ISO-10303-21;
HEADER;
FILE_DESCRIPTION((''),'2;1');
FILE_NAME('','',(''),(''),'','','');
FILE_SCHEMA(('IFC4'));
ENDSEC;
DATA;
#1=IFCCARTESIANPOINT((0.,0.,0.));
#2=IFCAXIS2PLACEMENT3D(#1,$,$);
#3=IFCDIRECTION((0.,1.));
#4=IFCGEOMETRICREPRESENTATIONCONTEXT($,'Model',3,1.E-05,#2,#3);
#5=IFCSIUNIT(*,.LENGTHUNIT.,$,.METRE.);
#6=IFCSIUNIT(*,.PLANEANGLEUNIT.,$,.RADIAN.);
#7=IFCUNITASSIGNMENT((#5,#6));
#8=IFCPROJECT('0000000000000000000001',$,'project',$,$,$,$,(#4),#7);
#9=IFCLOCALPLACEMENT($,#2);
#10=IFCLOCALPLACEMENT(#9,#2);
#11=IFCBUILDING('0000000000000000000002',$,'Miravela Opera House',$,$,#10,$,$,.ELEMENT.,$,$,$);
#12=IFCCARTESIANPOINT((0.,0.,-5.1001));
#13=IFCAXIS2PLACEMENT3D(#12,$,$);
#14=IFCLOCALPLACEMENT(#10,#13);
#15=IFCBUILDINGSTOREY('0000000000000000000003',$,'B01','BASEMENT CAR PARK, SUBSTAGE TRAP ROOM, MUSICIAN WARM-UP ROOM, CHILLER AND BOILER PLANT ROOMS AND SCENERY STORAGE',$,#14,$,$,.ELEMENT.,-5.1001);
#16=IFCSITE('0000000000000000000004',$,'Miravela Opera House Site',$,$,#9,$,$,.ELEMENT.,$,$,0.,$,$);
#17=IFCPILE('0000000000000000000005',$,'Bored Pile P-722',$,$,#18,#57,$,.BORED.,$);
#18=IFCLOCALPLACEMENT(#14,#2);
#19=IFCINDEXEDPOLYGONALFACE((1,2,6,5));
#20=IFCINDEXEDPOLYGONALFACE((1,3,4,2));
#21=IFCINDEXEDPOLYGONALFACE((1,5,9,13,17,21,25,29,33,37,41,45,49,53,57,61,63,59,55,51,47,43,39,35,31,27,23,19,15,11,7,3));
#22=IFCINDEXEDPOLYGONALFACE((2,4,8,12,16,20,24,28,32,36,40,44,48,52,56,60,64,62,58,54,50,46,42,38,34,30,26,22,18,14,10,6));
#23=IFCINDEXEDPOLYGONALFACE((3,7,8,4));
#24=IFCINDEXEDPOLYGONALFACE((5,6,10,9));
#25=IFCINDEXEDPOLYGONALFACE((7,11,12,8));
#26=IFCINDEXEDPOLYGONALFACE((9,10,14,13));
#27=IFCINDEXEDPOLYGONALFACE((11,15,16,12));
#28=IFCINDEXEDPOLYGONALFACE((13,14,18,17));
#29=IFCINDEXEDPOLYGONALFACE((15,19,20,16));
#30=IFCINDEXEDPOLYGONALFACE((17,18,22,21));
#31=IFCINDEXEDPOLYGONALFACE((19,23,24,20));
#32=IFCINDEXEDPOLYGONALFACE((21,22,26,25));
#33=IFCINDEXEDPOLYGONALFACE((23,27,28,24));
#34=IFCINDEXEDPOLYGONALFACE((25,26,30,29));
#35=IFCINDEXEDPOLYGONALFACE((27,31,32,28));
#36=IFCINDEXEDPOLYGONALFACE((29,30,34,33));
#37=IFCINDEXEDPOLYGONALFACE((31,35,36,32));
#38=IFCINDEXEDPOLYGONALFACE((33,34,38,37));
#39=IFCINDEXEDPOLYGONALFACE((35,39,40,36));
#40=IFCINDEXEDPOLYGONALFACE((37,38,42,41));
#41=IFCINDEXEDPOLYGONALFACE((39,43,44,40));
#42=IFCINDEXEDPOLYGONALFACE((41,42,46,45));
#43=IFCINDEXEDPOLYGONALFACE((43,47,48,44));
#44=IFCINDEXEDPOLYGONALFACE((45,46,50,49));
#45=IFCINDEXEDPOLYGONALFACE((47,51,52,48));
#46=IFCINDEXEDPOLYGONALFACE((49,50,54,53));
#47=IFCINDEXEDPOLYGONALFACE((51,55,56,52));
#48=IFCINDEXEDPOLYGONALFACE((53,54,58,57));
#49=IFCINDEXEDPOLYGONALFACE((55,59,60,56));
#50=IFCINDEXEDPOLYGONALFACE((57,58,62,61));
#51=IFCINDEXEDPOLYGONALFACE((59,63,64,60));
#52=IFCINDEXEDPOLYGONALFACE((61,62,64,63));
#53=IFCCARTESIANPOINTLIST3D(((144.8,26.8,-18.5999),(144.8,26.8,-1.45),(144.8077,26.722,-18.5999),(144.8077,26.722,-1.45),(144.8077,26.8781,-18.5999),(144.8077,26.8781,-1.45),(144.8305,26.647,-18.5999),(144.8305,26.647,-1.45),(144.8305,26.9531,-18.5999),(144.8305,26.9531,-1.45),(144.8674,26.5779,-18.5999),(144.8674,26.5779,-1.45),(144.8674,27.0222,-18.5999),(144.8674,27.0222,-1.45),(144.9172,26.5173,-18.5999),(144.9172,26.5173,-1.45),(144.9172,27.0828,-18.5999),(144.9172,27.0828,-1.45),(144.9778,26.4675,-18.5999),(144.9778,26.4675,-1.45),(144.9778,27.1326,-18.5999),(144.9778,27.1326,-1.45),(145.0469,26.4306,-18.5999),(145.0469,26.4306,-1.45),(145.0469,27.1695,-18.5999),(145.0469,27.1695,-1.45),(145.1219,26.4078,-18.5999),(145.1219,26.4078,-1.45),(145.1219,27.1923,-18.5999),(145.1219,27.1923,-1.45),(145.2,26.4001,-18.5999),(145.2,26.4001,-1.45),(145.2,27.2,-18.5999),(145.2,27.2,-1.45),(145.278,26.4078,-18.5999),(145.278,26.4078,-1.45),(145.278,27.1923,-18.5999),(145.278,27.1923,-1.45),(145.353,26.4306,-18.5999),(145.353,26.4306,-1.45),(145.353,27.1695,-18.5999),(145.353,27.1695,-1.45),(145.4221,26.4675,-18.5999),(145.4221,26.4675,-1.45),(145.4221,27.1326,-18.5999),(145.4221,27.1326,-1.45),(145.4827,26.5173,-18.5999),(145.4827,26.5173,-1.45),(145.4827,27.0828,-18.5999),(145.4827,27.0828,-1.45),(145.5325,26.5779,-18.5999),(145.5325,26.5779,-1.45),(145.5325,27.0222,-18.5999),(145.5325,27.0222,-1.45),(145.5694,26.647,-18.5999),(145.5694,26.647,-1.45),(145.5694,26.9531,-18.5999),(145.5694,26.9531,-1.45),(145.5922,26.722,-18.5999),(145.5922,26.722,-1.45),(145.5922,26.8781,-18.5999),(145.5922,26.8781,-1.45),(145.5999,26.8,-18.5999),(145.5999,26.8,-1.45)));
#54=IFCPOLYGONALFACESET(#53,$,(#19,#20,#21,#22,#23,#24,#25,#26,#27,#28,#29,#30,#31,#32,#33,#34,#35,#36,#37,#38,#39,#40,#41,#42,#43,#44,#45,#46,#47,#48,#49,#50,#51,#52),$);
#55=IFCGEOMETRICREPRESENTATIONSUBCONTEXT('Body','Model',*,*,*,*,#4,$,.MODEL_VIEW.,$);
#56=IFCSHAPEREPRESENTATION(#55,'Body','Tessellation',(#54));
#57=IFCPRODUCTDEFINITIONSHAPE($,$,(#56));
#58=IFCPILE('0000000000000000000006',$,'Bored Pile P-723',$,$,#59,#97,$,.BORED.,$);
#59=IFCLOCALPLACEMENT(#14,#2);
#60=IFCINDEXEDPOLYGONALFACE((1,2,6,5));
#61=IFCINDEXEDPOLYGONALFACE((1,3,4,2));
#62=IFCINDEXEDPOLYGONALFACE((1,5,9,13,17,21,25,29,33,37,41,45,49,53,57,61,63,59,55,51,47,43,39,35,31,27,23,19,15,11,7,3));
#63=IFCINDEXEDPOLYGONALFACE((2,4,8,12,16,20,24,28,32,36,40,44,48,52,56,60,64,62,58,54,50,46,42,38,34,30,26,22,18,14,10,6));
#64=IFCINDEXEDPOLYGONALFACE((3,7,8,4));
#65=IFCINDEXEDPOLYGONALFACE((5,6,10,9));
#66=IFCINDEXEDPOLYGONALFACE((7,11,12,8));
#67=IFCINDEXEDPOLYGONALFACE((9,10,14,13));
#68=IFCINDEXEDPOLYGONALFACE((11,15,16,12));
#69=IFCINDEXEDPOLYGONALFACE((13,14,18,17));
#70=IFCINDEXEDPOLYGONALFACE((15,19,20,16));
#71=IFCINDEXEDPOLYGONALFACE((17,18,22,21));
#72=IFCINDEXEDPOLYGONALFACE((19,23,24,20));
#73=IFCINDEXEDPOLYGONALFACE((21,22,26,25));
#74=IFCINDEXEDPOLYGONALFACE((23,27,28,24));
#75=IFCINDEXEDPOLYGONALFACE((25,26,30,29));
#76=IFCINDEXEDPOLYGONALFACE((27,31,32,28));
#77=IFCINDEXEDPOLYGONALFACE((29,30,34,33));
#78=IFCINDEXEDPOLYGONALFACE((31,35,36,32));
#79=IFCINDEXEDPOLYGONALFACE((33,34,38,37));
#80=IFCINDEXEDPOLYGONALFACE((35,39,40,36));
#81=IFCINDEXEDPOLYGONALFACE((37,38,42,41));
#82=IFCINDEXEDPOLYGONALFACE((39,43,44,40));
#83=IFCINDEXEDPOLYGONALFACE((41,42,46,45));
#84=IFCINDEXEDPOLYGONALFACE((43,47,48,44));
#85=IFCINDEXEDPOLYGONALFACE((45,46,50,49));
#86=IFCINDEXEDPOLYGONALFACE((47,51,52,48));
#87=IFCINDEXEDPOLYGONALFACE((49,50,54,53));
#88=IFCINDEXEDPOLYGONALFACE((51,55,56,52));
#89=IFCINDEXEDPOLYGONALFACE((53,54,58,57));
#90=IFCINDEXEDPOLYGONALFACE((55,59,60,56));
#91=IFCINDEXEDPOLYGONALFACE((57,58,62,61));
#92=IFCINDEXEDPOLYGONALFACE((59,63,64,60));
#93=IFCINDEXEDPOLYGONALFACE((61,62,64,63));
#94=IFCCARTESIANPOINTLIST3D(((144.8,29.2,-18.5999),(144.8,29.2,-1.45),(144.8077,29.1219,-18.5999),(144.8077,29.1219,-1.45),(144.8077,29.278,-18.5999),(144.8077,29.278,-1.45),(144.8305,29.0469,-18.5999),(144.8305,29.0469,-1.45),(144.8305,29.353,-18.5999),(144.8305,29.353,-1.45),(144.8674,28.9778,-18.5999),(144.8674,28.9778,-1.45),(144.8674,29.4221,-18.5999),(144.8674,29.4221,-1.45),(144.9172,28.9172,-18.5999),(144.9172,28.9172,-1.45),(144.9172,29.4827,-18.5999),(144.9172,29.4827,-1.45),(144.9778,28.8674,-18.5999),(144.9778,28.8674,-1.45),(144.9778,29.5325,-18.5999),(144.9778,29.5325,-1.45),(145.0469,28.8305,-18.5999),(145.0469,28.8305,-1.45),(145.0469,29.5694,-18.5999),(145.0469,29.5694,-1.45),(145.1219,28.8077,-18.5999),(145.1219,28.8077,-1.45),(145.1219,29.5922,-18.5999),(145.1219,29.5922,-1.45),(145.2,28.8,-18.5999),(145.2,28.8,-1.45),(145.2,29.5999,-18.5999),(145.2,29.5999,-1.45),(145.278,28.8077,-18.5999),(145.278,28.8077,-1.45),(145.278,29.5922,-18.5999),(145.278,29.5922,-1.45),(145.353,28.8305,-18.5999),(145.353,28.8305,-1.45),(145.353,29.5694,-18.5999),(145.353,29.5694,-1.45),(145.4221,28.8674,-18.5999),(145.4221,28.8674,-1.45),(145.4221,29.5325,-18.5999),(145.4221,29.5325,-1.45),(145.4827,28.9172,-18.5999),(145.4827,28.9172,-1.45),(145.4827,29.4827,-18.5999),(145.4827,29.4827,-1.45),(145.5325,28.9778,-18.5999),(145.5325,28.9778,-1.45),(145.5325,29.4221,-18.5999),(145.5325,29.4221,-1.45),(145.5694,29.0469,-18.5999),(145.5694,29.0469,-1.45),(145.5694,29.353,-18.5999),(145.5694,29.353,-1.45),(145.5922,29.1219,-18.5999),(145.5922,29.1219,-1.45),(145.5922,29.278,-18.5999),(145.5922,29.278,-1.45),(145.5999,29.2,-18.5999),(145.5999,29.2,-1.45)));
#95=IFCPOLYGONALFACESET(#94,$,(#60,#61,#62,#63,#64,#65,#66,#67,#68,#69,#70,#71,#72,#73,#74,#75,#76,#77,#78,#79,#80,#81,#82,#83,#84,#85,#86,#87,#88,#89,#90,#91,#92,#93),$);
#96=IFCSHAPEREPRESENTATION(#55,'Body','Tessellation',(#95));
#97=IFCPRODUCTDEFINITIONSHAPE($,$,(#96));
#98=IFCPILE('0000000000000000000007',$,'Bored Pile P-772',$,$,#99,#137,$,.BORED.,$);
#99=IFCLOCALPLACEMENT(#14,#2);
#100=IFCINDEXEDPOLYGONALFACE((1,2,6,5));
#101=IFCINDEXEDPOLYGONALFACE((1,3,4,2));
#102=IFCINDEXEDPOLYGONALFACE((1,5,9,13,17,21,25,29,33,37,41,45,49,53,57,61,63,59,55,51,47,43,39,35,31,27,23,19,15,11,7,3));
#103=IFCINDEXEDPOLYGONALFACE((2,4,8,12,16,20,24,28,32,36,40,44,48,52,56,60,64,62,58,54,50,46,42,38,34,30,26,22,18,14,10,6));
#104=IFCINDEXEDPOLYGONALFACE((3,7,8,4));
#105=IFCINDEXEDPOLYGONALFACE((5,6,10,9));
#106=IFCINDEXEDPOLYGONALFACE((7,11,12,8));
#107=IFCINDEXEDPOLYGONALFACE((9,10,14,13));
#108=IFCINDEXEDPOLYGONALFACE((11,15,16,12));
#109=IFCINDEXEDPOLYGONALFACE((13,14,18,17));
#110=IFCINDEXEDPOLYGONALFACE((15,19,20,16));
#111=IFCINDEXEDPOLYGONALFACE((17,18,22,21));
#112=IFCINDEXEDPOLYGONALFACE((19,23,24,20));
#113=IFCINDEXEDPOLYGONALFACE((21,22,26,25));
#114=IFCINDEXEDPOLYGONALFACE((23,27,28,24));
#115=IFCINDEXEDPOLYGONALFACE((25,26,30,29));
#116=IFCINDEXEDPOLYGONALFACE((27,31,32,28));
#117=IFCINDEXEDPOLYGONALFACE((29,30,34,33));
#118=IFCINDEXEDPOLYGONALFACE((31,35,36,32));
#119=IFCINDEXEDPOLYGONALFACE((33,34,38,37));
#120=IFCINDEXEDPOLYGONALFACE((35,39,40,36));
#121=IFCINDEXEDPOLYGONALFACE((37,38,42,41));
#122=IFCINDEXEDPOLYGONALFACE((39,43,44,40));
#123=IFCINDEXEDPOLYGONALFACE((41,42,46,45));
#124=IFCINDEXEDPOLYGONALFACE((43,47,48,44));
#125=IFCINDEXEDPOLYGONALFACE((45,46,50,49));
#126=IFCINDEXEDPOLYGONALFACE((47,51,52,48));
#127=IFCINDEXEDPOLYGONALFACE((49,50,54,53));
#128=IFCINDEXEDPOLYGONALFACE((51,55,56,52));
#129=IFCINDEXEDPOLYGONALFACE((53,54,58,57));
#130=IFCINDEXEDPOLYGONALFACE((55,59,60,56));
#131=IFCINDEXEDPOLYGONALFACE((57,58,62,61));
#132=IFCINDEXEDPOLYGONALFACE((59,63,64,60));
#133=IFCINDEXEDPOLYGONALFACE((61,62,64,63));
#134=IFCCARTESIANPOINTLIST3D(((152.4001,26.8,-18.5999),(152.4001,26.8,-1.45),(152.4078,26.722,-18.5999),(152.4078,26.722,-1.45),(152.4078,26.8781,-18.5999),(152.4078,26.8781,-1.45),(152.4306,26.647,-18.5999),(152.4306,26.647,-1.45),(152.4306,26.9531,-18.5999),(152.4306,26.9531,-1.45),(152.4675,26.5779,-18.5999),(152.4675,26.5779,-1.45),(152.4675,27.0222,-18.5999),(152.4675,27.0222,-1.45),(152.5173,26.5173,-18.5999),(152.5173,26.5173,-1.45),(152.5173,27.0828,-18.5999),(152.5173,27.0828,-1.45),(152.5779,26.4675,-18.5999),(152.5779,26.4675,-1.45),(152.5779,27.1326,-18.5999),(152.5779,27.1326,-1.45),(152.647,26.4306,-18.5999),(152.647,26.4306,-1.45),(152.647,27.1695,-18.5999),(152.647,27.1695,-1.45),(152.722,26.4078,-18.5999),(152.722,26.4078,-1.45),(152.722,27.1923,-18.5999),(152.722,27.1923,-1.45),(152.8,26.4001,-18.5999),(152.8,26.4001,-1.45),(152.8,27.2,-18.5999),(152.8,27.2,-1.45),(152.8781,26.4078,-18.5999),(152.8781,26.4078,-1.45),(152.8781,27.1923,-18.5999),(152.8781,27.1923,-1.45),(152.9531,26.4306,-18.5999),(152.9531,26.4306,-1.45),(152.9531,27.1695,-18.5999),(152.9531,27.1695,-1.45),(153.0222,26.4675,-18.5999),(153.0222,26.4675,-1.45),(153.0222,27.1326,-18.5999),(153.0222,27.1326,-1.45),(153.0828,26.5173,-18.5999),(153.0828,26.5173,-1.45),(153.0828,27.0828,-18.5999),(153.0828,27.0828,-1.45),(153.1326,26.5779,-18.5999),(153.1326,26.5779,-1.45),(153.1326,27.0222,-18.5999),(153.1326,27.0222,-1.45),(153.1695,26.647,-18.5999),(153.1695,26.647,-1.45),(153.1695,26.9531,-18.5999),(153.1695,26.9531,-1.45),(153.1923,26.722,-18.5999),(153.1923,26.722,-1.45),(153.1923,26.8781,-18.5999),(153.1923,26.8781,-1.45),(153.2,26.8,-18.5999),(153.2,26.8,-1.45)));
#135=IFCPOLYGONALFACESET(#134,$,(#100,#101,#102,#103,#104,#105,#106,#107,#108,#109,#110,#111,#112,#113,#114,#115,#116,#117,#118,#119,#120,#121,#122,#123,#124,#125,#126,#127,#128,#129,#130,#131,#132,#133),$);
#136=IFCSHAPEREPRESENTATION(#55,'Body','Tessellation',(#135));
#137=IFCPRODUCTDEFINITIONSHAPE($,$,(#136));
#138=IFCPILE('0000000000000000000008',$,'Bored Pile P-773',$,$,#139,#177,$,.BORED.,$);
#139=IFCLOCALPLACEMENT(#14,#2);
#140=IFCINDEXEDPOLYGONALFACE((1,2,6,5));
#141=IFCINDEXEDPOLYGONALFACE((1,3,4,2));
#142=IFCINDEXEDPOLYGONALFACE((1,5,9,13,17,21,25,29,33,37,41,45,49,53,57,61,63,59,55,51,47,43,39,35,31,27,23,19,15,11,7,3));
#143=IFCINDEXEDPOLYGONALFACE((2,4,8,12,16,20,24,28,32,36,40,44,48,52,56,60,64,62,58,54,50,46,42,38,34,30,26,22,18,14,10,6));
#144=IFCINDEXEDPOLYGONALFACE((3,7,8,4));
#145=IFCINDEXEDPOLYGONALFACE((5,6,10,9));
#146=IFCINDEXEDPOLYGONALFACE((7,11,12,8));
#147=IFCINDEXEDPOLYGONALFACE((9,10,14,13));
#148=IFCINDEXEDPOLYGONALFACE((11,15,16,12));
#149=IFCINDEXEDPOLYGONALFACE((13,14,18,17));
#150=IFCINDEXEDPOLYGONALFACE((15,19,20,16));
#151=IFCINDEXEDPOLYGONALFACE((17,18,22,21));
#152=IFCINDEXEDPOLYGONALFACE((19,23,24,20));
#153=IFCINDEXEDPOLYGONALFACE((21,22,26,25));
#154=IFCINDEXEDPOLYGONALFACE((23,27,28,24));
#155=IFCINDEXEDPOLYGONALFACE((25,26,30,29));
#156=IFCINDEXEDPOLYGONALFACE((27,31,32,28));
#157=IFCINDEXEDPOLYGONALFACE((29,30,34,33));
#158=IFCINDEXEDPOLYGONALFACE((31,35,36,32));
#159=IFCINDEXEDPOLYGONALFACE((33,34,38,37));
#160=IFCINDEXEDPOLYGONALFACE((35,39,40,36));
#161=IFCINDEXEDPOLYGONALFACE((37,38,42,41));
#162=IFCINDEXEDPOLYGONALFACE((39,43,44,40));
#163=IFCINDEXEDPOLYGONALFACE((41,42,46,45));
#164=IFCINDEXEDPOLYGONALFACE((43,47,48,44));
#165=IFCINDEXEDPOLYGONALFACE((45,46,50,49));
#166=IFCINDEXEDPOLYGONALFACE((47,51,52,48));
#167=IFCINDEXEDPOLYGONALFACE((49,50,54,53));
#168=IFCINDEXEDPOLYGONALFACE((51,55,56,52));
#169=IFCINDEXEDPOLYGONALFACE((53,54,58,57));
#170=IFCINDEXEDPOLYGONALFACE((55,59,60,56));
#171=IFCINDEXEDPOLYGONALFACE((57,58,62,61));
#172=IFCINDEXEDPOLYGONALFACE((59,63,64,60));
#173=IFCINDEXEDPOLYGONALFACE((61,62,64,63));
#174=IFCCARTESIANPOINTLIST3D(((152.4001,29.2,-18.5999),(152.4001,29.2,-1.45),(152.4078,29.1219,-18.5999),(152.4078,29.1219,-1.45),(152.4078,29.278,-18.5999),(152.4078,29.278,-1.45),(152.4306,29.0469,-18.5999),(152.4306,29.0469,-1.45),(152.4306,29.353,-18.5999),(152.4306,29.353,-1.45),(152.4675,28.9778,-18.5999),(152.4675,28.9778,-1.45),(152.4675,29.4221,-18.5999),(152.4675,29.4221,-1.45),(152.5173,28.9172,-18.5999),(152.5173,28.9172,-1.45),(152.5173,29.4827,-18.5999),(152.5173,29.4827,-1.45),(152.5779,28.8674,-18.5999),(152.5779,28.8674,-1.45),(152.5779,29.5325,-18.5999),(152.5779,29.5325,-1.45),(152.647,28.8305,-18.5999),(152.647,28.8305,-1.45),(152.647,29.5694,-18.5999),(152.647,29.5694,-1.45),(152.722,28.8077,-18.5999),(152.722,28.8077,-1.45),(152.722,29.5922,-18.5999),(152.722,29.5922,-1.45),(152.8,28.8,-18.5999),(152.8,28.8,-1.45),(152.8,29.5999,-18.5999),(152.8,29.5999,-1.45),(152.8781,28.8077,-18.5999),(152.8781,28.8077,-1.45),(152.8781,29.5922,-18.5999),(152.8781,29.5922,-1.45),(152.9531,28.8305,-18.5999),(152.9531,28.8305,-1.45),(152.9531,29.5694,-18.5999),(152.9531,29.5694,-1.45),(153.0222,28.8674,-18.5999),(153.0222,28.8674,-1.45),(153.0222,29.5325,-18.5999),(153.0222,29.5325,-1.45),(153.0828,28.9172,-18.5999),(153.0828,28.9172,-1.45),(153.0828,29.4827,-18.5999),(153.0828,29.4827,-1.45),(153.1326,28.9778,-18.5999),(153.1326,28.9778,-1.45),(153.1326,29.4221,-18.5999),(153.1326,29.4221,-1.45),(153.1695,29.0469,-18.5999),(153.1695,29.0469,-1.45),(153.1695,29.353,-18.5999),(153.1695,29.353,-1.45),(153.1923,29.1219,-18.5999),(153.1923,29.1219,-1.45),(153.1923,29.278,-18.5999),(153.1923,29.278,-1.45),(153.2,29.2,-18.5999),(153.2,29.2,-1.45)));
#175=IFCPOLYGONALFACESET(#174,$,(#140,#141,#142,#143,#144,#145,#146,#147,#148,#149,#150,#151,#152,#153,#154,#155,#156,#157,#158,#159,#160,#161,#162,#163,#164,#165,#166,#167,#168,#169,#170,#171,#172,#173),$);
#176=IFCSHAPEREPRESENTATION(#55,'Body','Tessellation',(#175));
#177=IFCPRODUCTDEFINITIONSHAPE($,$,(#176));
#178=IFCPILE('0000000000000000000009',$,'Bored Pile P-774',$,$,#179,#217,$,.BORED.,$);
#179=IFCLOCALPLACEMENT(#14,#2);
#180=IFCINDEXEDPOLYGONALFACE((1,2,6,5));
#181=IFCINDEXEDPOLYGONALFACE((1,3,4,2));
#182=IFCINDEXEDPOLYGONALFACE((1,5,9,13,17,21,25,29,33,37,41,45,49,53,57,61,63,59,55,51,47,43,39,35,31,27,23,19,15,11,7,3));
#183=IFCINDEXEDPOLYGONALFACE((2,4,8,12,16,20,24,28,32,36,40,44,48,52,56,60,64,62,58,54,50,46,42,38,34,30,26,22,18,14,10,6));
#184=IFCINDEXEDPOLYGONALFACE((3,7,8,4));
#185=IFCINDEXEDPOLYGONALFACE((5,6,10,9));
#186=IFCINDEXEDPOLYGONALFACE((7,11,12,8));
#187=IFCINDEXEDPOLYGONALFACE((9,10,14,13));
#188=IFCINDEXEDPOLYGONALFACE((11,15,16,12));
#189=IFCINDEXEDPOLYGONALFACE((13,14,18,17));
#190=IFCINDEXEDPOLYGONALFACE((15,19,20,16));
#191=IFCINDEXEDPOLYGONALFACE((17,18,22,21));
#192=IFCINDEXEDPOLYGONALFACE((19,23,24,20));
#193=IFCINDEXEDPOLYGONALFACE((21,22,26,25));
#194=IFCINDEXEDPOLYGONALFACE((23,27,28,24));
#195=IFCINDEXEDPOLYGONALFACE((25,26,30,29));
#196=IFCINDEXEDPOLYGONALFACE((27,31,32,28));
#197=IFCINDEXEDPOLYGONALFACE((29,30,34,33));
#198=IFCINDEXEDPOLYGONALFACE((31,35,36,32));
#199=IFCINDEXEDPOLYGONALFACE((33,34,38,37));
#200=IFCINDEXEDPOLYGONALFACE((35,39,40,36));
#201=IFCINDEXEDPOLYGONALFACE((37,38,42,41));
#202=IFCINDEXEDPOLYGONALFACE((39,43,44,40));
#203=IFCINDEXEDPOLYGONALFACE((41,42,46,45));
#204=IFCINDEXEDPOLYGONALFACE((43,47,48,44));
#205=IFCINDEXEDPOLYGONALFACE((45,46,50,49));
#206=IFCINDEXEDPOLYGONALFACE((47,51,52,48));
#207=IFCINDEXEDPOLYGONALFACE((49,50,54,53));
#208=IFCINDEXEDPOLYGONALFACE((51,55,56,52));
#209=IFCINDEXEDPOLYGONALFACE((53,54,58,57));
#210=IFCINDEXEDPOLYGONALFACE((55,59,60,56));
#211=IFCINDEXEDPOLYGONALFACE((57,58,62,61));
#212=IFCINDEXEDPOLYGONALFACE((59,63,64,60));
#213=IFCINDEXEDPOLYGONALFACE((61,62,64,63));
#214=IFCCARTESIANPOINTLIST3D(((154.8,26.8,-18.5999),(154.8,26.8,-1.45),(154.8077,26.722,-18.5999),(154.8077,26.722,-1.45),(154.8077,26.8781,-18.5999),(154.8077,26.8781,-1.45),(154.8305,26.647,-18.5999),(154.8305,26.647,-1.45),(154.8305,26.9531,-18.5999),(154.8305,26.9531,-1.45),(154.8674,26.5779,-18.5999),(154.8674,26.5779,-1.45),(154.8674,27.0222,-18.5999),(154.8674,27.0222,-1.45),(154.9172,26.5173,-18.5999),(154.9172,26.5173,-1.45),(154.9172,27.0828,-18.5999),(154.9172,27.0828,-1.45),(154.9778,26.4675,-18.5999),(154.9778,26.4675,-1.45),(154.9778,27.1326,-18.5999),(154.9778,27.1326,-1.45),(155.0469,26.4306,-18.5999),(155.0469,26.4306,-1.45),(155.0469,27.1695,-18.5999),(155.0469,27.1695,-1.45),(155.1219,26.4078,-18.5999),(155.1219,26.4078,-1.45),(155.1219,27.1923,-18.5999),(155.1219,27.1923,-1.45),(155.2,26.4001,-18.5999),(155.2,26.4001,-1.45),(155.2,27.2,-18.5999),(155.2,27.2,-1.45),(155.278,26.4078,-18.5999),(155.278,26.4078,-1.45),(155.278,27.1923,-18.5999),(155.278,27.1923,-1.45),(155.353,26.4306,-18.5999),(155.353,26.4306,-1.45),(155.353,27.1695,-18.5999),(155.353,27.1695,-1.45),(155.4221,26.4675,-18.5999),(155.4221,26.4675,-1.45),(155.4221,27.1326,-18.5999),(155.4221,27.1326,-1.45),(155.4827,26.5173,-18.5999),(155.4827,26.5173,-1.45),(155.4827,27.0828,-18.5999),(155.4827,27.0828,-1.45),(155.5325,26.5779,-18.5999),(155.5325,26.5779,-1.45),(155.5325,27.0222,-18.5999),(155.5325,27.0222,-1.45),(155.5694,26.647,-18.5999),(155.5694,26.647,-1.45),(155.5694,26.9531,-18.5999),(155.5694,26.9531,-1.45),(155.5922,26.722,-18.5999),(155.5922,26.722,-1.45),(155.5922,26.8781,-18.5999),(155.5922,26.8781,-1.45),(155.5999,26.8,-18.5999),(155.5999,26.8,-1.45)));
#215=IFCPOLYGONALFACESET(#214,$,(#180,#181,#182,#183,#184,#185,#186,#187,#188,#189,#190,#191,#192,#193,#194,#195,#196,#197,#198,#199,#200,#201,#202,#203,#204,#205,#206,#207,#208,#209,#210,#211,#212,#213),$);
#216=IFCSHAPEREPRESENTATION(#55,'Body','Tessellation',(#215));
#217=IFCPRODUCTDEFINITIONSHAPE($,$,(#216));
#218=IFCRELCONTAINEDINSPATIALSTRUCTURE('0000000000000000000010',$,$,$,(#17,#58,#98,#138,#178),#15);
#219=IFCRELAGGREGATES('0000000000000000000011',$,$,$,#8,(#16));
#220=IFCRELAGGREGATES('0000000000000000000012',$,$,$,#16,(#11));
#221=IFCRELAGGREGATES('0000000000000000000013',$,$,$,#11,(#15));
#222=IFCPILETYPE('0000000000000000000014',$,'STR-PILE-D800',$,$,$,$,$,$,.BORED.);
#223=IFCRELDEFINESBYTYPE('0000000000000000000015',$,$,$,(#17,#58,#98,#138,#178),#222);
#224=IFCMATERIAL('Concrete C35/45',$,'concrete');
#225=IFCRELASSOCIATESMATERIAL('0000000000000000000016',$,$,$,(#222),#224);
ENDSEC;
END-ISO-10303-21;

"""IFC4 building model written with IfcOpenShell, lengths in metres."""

from ifc_helpers import new_model, si_unit, direction, frame, origin, origin_2d, place, context, subcontext, project, spatial, circle, extrude, material, material_profile, profile_set, type_object, element, save


model = new_model("IFC4")

# Units and contexts
model_context = context("Model", 3, precision=1e-05, world=origin(), true_north=direction((0.0, 1.0)))
body_context = subcontext(model_context, "Body", "Model", "MODEL_VIEW")
ifc_project = project(units=[si_unit("LENGTHUNIT", "METRE"), si_unit("PLANEANGLEUNIT", "RADIAN")], contexts=[model_context])

# Site, building, storey
site_placement = place(None, origin())
site = spatial("IfcSite", under=ifc_project, at=site_placement, Name="Miravela Opera House Site", CompositionType="ELEMENT", RefElevation=0.0)
building_placement = place(site_placement, origin())
building = spatial("IfcBuilding", under=site, at=building_placement, Name="Miravela Opera House", CompositionType="ELEMENT")
storey_placement = place(building_placement, frame((0.0, 0.0, -5.1001)))
storey = spatial("IfcBuildingStorey", under=building, at=storey_placement, Name="B01", Description="BASEMENT CAR PARK, SUBSTAGE TRAP ROOM, MUSICIAN WARM-UP ROOM, CHILLER AND BOILER PLANT ROOMS AND SCENERY STORAGE", CompositionType="ELEMENT", Elevation=-5.1001)

# Shared definitions
ifc_material_1 = material(Name="Concrete C35/45", Category="concrete")

# Piles
ifc_material_profile_1 = material_profile(ifc_material_1, circle(Radius=0.3999, at=origin_2d()), Name="PILE-D800")
ifc_profile_set_1 = profile_set([ifc_material_profile_1])
pile_type_1 = type_object("IfcPileType", Name="STR-PILE-D800", PredefinedType="BORED", material=ifc_profile_set_1)
for number, where, z_axis, x_axis, name in (
    (1, (145.2, 26.8, -1.45), (0.0, 0.0, -1.0), (1.0, 0.0, 0.0), "Bored Pile P-722"),
    (2, (145.2, 29.2, -1.45), (0.0, 0.0, -1.0), (1.0, 0.0, 0.0), "Bored Pile P-723"),
    (3, (152.8, 26.8, -1.45), (0.0, 0.0, -1.0), (1.0, 0.0, 0.0), "Bored Pile P-772"),
    (4, (152.8, 29.2, -1.45), (0.0, 0.0, -1.0), (1.0, 0.0, 0.0), "Bored Pile P-773"),
    (5, (155.2, 26.8, -1.45), (0.0, 0.0, -1.0), (1.0, 0.0, 0.0), "Bored Pile P-774"),
):
    element("IfcPile", number, at=place(storey_placement, frame(where, z_axis=z_axis, x_axis=x_axis)), inside=storey, type_object=pile_type_1, Name=name, PredefinedType="BORED", context=body_context, shape_type="SweptSolid", body=[
        extrude(circle(Radius=0.3999, at=origin_2d()), origin(), (0.0, 0.0, 1.0), 17.1499),
    ])

save(model, "model.ifc")
